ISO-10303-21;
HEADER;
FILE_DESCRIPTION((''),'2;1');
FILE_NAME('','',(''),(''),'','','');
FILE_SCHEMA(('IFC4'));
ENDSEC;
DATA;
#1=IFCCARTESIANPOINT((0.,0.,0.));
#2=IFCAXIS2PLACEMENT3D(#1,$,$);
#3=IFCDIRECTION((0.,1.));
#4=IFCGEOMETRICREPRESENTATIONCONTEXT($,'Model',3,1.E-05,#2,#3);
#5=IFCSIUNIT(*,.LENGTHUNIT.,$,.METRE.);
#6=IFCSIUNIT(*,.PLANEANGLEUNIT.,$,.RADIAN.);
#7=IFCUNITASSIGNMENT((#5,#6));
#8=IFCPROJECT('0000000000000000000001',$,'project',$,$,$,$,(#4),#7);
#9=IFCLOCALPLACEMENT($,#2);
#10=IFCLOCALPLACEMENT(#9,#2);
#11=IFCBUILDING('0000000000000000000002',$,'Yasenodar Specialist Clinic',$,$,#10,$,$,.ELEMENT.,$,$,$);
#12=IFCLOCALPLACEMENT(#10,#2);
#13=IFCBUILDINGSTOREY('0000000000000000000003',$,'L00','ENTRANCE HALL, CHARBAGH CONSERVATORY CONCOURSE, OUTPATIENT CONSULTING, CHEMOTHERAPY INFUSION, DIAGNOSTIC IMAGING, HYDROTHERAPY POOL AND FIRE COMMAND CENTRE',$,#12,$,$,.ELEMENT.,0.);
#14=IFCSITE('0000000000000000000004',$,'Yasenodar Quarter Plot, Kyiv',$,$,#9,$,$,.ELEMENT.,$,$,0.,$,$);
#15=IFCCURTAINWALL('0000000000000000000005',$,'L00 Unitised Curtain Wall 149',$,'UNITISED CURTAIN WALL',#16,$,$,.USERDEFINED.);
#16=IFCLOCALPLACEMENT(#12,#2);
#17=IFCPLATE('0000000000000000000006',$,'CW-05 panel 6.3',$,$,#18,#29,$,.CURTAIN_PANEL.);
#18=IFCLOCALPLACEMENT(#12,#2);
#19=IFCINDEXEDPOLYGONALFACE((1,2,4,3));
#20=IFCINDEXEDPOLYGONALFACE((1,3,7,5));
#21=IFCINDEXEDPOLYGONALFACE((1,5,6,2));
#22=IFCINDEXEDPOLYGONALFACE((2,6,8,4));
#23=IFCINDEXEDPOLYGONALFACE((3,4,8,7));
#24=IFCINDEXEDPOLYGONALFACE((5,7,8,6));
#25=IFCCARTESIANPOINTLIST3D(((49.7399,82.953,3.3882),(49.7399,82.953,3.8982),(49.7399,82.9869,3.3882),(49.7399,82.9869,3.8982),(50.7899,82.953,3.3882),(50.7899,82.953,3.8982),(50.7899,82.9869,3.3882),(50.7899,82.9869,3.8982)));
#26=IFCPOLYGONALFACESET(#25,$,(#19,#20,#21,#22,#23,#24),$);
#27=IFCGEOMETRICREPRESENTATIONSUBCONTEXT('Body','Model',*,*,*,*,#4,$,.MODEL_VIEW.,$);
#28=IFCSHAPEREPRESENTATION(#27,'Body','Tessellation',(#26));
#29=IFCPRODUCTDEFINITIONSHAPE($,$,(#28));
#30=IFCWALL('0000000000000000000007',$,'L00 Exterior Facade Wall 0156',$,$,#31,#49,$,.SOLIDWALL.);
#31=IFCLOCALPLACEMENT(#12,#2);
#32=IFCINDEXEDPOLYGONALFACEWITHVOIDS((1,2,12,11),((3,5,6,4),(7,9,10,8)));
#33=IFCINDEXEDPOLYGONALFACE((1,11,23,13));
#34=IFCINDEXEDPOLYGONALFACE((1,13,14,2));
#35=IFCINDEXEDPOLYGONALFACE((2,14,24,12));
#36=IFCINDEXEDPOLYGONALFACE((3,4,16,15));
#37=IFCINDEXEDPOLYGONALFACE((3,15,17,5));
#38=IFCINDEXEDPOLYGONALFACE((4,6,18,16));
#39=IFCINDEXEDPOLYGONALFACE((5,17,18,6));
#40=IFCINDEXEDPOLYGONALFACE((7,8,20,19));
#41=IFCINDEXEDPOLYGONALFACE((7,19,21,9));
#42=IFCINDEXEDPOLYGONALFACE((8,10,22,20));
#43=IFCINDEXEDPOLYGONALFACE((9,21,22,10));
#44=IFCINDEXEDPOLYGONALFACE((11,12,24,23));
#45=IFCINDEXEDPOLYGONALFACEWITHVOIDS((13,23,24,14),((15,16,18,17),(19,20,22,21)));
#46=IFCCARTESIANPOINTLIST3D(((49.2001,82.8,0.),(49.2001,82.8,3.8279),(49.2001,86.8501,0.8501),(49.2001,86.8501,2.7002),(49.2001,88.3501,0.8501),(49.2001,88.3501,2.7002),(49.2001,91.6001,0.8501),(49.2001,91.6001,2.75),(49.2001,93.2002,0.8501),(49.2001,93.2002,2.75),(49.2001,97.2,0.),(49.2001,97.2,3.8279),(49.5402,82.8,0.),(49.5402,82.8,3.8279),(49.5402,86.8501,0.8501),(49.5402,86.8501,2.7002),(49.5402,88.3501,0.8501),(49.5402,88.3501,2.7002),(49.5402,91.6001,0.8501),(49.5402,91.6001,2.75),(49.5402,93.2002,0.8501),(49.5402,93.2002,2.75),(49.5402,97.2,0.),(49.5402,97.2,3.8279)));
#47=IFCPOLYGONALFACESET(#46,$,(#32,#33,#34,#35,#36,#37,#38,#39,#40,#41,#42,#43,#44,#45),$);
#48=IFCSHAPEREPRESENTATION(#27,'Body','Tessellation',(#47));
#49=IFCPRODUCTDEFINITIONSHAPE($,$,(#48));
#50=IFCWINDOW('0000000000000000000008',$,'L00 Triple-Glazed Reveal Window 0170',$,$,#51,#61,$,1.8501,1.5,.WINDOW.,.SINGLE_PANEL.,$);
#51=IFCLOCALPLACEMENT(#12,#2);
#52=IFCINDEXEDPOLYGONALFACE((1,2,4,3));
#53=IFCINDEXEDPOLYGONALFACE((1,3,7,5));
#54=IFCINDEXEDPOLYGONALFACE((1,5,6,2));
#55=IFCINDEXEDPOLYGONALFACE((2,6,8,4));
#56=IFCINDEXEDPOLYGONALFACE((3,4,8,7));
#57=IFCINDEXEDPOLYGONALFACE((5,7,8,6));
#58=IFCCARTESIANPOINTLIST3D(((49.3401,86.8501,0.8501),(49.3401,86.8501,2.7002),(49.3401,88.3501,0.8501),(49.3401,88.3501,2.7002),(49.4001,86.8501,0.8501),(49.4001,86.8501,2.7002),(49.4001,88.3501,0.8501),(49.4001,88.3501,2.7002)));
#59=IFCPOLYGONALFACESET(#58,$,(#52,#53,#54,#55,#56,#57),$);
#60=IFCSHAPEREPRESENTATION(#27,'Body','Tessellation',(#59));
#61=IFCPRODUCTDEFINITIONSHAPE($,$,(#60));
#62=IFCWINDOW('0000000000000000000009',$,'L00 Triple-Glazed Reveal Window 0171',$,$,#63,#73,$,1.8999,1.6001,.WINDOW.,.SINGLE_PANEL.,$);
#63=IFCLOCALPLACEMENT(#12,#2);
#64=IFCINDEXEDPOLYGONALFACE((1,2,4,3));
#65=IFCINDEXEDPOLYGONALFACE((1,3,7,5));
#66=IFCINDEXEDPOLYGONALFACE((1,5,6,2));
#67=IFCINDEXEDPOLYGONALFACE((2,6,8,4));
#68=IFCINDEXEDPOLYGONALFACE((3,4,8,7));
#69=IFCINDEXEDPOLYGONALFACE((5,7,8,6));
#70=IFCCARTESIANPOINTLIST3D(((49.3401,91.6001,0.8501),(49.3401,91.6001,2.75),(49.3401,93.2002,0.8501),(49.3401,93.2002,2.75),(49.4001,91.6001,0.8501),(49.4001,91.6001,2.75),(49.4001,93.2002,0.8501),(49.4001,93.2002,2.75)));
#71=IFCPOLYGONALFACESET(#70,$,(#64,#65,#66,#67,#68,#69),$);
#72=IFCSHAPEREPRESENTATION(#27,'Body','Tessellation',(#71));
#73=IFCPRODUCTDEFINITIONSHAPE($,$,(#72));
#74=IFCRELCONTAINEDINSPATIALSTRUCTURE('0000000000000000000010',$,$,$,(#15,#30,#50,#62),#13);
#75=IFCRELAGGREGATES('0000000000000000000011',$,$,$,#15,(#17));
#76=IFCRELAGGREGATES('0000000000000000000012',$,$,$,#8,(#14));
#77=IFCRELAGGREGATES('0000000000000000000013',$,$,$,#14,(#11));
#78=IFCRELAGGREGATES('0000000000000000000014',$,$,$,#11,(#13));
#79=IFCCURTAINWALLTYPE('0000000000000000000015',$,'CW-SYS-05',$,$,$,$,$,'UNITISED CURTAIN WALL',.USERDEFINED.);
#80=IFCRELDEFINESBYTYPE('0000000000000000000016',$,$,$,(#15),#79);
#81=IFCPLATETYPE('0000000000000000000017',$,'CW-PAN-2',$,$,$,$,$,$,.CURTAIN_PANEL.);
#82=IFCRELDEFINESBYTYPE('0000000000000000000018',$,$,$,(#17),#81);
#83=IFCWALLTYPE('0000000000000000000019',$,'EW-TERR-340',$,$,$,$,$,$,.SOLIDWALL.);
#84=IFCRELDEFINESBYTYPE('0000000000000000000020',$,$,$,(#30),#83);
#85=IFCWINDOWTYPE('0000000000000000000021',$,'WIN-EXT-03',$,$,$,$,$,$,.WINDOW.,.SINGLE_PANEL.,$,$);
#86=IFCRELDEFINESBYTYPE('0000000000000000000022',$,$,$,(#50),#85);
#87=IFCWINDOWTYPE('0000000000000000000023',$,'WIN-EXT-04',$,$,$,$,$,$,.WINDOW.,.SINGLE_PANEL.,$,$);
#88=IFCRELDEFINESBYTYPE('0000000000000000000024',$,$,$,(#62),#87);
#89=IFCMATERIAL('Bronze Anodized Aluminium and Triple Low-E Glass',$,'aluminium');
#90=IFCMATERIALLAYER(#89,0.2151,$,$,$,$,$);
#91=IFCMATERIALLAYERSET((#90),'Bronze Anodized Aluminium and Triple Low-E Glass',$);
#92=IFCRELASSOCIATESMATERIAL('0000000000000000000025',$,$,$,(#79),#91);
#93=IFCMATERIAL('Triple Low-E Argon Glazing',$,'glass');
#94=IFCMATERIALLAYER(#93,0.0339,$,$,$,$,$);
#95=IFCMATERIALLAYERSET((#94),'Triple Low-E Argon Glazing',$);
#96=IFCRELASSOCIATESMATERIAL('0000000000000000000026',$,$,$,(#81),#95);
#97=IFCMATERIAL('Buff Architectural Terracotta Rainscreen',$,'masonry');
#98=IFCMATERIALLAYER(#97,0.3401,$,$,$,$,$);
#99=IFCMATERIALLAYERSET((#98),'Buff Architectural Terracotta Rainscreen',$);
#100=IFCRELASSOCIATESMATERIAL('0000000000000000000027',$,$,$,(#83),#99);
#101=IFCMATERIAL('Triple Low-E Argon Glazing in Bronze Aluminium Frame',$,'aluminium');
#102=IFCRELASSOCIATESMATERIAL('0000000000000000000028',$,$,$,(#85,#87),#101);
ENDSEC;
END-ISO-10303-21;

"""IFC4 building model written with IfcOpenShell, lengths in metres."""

from ifc_helpers import new_model, si_unit, direction, frame, frame_2d, origin, origin_2d, place, context, subcontext, project, spatial, rectangle, extrude, material, layer, layer_set, type_object, element, fill, aggregate, save


model = new_model("IFC4")

# Units and contexts
model_context = context("Model", 3, precision=1e-05, world=origin(), true_north=direction((0.0, 1.0)))
body_context = subcontext(model_context, "Body", "Model", "MODEL_VIEW")
ifc_project = project(units=[si_unit("LENGTHUNIT", "METRE"), si_unit("PLANEANGLEUNIT", "RADIAN")], contexts=[model_context])

# Site, building, storey
site_placement = place(None, origin())
site = spatial("IfcSite", under=ifc_project, at=site_placement, Name="Yasenodar Quarter Plot, Kyiv", CompositionType="ELEMENT", RefElevation=0.0)
building_placement = place(site_placement, origin())
building = spatial("IfcBuilding", under=site, at=building_placement, Name="Yasenodar Specialist Clinic", CompositionType="ELEMENT")
storey_placement = place(building_placement, origin())
storey = spatial("IfcBuildingStorey", under=building, at=storey_placement, Name="L00", Description="ENTRANCE HALL, CHARBAGH CONSERVATORY CONCOURSE, OUTPATIENT CONSULTING, CHEMOTHERAPY INFUSION, DIAGNOSTIC IMAGING, HYDROTHERAPY POOL AND FIRE COMMAND CENTRE", CompositionType="ELEMENT", Elevation=0.0)

# Curtain wall, plate
ifc_material_1 = material(Name="Bronze Anodized Aluminium and Triple Low-E Glass", Category="aluminium")
ifc_layer_1 = layer(ifc_material_1, 0.2151)
ifc_layer_set_1 = layer_set([ifc_layer_1], Name="Bronze Anodized Aluminium and Triple Low-E Glass")
curtain_wall_type = type_object("IfcCurtainWallType", Name="CW-SYS-05", ElementType="UNITISED CURTAIN WALL", PredefinedType="USERDEFINED", material=ifc_layer_set_1)
curtain_wall_placement = place(storey_placement, origin())
curtain_wall = element("IfcCurtainWall", 1, at=curtain_wall_placement, inside=storey, type_object=curtain_wall_type, Name="L00 Unitised Curtain Wall 149", ObjectType="UNITISED CURTAIN WALL", PredefinedType="USERDEFINED")
ifc_material_2 = material(Name="Triple Low-E Argon Glazing", Category="glass")
ifc_layer_2 = layer(ifc_material_2, 0.0339)
ifc_layer_set_2 = layer_set([ifc_layer_2], Name="Triple Low-E Argon Glazing")
plate_type = type_object("IfcPlateType", Name="CW-PAN-2", PredefinedType="CURTAIN_PANEL", material=ifc_layer_set_2)
plate_1_placement = place(storey_placement, frame((50.2649, 82.97, 3.3882), z_axis=(0.0, 0.0, 1.0), x_axis=(-1.0, 0.0, 0.0)))
plate_1 = element("IfcPlate", 2, at=plate_1_placement, type_object=plate_type, Name="CW-05 panel 6.3", PredefinedType="CURTAIN_PANEL", context=body_context, shape_type="SweptSolid", body=[
    extrude(rectangle(XDim=1.05, YDim=0.0339, at=origin_2d()), origin(), (0.0, 0.0, 1.0), 0.51),
])
aggregate(curtain_wall, [plate_1])

# Wall, openings, windows
ifc_material_3 = material(Name="Buff Architectural Terracotta Rainscreen", Category="masonry")
ifc_layer_3 = layer(ifc_material_3, 0.3401)
ifc_layer_set_3 = layer_set([ifc_layer_3], Name="Buff Architectural Terracotta Rainscreen")
wall_type = type_object("IfcWallType", Name="EW-TERR-340", PredefinedType="SOLIDWALL", material=ifc_layer_set_3)
wall_placement = place(storey_placement, frame((49.3701, 82.8, 0.0), z_axis=(0.0, 0.0, 1.0), x_axis=(0.0, 1.0, 0.0)))
wall = element("IfcWall", 3, at=wall_placement, inside=storey, type_object=wall_type, Name="L00 Exterior Facade Wall 0156", PredefinedType="SOLIDWALL", context=body_context, shape_type="SweptSolid", body=[
    extrude(rectangle(XDim=14.3999, YDim=0.3401, at=frame_2d((7.2, 0.0))), origin(), (0.0, 0.0, 1.0), 3.8279),
])
opening_1_placement = place(wall_placement, frame((4.05, 0.0, 0.8501)))
opening_1 = element("IfcOpeningElement", 4, at=opening_1_placement, cuts=wall, PredefinedType="OPENING", context=body_context, shape_type="SweptSolid", body=[
    extrude(rectangle(XDim=1.5, YDim=1.8501, at=frame_2d((0.75, 0.925))), frame((0.0, 0.1802, 0.0), z_axis=(0.0, -1.0, 0.0), x_axis=(1.0, 0.0, 0.0)), (0.0, 0.0, 1.0), 0.3601),
])
opening_2_placement = place(wall_placement, frame((8.8, 0.0, 0.8501)))
opening_2 = element("IfcOpeningElement", 5, at=opening_2_placement, cuts=wall, PredefinedType="OPENING", context=body_context, shape_type="SweptSolid", body=[
    extrude(rectangle(XDim=1.6001, YDim=1.8999, at=frame_2d((0.8, 0.95))), frame((0.0, 0.1802, 0.0), z_axis=(0.0, -1.0, 0.0), x_axis=(1.0, 0.0, 0.0)), (0.0, 0.0, 1.0), 0.3601),
])
ifc_material_4 = material(Name="Triple Low-E Argon Glazing in Bronze Aluminium Frame", Category="aluminium")
window_type_1 = type_object("IfcWindowType", Name="WIN-EXT-03", PartitioningType="SINGLE_PANEL", PredefinedType="WINDOW", material=ifc_material_4)
window_1_placement = place(opening_1_placement, origin())
window_1 = element("IfcWindow", 6, at=window_1_placement, inside=storey, type_object=window_type_1, Name="L00 Triple-Glazed Reveal Window 0170", OverallHeight=1.8501, OverallWidth=1.5, PartitioningType="SINGLE_PANEL", PredefinedType="WINDOW", context=body_context, shape_type="SweptSolid", body=[
    extrude(rectangle(XDim=1.5, YDim=1.8501, at=frame_2d((0.75, 0.925))), frame((0.0, 0.03, 0.0), z_axis=(0.0, -1.0, 0.0), x_axis=(1.0, 0.0, 0.0)), (0.0, 0.0, 1.0), 0.0601),
])
fill(opening_1, window_1)
window_type_2 = type_object("IfcWindowType", Name="WIN-EXT-04", PartitioningType="SINGLE_PANEL", PredefinedType="WINDOW", material=ifc_material_4)
window_2_placement = place(opening_2_placement, origin())
window_2 = element("IfcWindow", 7, at=window_2_placement, inside=storey, type_object=window_type_2, Name="L00 Triple-Glazed Reveal Window 0171", OverallHeight=1.8999, OverallWidth=1.6001, PartitioningType="SINGLE_PANEL", PredefinedType="WINDOW", context=body_context, shape_type="SweptSolid", body=[
    extrude(rectangle(XDim=1.6001, YDim=1.8999, at=frame_2d((0.8, 0.95))), frame((0.0, 0.03, 0.0), z_axis=(0.0, -1.0, 0.0), x_axis=(1.0, 0.0, 0.0)), (0.0, 0.0, 1.0), 0.0601),
])
fill(opening_2, window_2)

save(model, "model.ifc")
